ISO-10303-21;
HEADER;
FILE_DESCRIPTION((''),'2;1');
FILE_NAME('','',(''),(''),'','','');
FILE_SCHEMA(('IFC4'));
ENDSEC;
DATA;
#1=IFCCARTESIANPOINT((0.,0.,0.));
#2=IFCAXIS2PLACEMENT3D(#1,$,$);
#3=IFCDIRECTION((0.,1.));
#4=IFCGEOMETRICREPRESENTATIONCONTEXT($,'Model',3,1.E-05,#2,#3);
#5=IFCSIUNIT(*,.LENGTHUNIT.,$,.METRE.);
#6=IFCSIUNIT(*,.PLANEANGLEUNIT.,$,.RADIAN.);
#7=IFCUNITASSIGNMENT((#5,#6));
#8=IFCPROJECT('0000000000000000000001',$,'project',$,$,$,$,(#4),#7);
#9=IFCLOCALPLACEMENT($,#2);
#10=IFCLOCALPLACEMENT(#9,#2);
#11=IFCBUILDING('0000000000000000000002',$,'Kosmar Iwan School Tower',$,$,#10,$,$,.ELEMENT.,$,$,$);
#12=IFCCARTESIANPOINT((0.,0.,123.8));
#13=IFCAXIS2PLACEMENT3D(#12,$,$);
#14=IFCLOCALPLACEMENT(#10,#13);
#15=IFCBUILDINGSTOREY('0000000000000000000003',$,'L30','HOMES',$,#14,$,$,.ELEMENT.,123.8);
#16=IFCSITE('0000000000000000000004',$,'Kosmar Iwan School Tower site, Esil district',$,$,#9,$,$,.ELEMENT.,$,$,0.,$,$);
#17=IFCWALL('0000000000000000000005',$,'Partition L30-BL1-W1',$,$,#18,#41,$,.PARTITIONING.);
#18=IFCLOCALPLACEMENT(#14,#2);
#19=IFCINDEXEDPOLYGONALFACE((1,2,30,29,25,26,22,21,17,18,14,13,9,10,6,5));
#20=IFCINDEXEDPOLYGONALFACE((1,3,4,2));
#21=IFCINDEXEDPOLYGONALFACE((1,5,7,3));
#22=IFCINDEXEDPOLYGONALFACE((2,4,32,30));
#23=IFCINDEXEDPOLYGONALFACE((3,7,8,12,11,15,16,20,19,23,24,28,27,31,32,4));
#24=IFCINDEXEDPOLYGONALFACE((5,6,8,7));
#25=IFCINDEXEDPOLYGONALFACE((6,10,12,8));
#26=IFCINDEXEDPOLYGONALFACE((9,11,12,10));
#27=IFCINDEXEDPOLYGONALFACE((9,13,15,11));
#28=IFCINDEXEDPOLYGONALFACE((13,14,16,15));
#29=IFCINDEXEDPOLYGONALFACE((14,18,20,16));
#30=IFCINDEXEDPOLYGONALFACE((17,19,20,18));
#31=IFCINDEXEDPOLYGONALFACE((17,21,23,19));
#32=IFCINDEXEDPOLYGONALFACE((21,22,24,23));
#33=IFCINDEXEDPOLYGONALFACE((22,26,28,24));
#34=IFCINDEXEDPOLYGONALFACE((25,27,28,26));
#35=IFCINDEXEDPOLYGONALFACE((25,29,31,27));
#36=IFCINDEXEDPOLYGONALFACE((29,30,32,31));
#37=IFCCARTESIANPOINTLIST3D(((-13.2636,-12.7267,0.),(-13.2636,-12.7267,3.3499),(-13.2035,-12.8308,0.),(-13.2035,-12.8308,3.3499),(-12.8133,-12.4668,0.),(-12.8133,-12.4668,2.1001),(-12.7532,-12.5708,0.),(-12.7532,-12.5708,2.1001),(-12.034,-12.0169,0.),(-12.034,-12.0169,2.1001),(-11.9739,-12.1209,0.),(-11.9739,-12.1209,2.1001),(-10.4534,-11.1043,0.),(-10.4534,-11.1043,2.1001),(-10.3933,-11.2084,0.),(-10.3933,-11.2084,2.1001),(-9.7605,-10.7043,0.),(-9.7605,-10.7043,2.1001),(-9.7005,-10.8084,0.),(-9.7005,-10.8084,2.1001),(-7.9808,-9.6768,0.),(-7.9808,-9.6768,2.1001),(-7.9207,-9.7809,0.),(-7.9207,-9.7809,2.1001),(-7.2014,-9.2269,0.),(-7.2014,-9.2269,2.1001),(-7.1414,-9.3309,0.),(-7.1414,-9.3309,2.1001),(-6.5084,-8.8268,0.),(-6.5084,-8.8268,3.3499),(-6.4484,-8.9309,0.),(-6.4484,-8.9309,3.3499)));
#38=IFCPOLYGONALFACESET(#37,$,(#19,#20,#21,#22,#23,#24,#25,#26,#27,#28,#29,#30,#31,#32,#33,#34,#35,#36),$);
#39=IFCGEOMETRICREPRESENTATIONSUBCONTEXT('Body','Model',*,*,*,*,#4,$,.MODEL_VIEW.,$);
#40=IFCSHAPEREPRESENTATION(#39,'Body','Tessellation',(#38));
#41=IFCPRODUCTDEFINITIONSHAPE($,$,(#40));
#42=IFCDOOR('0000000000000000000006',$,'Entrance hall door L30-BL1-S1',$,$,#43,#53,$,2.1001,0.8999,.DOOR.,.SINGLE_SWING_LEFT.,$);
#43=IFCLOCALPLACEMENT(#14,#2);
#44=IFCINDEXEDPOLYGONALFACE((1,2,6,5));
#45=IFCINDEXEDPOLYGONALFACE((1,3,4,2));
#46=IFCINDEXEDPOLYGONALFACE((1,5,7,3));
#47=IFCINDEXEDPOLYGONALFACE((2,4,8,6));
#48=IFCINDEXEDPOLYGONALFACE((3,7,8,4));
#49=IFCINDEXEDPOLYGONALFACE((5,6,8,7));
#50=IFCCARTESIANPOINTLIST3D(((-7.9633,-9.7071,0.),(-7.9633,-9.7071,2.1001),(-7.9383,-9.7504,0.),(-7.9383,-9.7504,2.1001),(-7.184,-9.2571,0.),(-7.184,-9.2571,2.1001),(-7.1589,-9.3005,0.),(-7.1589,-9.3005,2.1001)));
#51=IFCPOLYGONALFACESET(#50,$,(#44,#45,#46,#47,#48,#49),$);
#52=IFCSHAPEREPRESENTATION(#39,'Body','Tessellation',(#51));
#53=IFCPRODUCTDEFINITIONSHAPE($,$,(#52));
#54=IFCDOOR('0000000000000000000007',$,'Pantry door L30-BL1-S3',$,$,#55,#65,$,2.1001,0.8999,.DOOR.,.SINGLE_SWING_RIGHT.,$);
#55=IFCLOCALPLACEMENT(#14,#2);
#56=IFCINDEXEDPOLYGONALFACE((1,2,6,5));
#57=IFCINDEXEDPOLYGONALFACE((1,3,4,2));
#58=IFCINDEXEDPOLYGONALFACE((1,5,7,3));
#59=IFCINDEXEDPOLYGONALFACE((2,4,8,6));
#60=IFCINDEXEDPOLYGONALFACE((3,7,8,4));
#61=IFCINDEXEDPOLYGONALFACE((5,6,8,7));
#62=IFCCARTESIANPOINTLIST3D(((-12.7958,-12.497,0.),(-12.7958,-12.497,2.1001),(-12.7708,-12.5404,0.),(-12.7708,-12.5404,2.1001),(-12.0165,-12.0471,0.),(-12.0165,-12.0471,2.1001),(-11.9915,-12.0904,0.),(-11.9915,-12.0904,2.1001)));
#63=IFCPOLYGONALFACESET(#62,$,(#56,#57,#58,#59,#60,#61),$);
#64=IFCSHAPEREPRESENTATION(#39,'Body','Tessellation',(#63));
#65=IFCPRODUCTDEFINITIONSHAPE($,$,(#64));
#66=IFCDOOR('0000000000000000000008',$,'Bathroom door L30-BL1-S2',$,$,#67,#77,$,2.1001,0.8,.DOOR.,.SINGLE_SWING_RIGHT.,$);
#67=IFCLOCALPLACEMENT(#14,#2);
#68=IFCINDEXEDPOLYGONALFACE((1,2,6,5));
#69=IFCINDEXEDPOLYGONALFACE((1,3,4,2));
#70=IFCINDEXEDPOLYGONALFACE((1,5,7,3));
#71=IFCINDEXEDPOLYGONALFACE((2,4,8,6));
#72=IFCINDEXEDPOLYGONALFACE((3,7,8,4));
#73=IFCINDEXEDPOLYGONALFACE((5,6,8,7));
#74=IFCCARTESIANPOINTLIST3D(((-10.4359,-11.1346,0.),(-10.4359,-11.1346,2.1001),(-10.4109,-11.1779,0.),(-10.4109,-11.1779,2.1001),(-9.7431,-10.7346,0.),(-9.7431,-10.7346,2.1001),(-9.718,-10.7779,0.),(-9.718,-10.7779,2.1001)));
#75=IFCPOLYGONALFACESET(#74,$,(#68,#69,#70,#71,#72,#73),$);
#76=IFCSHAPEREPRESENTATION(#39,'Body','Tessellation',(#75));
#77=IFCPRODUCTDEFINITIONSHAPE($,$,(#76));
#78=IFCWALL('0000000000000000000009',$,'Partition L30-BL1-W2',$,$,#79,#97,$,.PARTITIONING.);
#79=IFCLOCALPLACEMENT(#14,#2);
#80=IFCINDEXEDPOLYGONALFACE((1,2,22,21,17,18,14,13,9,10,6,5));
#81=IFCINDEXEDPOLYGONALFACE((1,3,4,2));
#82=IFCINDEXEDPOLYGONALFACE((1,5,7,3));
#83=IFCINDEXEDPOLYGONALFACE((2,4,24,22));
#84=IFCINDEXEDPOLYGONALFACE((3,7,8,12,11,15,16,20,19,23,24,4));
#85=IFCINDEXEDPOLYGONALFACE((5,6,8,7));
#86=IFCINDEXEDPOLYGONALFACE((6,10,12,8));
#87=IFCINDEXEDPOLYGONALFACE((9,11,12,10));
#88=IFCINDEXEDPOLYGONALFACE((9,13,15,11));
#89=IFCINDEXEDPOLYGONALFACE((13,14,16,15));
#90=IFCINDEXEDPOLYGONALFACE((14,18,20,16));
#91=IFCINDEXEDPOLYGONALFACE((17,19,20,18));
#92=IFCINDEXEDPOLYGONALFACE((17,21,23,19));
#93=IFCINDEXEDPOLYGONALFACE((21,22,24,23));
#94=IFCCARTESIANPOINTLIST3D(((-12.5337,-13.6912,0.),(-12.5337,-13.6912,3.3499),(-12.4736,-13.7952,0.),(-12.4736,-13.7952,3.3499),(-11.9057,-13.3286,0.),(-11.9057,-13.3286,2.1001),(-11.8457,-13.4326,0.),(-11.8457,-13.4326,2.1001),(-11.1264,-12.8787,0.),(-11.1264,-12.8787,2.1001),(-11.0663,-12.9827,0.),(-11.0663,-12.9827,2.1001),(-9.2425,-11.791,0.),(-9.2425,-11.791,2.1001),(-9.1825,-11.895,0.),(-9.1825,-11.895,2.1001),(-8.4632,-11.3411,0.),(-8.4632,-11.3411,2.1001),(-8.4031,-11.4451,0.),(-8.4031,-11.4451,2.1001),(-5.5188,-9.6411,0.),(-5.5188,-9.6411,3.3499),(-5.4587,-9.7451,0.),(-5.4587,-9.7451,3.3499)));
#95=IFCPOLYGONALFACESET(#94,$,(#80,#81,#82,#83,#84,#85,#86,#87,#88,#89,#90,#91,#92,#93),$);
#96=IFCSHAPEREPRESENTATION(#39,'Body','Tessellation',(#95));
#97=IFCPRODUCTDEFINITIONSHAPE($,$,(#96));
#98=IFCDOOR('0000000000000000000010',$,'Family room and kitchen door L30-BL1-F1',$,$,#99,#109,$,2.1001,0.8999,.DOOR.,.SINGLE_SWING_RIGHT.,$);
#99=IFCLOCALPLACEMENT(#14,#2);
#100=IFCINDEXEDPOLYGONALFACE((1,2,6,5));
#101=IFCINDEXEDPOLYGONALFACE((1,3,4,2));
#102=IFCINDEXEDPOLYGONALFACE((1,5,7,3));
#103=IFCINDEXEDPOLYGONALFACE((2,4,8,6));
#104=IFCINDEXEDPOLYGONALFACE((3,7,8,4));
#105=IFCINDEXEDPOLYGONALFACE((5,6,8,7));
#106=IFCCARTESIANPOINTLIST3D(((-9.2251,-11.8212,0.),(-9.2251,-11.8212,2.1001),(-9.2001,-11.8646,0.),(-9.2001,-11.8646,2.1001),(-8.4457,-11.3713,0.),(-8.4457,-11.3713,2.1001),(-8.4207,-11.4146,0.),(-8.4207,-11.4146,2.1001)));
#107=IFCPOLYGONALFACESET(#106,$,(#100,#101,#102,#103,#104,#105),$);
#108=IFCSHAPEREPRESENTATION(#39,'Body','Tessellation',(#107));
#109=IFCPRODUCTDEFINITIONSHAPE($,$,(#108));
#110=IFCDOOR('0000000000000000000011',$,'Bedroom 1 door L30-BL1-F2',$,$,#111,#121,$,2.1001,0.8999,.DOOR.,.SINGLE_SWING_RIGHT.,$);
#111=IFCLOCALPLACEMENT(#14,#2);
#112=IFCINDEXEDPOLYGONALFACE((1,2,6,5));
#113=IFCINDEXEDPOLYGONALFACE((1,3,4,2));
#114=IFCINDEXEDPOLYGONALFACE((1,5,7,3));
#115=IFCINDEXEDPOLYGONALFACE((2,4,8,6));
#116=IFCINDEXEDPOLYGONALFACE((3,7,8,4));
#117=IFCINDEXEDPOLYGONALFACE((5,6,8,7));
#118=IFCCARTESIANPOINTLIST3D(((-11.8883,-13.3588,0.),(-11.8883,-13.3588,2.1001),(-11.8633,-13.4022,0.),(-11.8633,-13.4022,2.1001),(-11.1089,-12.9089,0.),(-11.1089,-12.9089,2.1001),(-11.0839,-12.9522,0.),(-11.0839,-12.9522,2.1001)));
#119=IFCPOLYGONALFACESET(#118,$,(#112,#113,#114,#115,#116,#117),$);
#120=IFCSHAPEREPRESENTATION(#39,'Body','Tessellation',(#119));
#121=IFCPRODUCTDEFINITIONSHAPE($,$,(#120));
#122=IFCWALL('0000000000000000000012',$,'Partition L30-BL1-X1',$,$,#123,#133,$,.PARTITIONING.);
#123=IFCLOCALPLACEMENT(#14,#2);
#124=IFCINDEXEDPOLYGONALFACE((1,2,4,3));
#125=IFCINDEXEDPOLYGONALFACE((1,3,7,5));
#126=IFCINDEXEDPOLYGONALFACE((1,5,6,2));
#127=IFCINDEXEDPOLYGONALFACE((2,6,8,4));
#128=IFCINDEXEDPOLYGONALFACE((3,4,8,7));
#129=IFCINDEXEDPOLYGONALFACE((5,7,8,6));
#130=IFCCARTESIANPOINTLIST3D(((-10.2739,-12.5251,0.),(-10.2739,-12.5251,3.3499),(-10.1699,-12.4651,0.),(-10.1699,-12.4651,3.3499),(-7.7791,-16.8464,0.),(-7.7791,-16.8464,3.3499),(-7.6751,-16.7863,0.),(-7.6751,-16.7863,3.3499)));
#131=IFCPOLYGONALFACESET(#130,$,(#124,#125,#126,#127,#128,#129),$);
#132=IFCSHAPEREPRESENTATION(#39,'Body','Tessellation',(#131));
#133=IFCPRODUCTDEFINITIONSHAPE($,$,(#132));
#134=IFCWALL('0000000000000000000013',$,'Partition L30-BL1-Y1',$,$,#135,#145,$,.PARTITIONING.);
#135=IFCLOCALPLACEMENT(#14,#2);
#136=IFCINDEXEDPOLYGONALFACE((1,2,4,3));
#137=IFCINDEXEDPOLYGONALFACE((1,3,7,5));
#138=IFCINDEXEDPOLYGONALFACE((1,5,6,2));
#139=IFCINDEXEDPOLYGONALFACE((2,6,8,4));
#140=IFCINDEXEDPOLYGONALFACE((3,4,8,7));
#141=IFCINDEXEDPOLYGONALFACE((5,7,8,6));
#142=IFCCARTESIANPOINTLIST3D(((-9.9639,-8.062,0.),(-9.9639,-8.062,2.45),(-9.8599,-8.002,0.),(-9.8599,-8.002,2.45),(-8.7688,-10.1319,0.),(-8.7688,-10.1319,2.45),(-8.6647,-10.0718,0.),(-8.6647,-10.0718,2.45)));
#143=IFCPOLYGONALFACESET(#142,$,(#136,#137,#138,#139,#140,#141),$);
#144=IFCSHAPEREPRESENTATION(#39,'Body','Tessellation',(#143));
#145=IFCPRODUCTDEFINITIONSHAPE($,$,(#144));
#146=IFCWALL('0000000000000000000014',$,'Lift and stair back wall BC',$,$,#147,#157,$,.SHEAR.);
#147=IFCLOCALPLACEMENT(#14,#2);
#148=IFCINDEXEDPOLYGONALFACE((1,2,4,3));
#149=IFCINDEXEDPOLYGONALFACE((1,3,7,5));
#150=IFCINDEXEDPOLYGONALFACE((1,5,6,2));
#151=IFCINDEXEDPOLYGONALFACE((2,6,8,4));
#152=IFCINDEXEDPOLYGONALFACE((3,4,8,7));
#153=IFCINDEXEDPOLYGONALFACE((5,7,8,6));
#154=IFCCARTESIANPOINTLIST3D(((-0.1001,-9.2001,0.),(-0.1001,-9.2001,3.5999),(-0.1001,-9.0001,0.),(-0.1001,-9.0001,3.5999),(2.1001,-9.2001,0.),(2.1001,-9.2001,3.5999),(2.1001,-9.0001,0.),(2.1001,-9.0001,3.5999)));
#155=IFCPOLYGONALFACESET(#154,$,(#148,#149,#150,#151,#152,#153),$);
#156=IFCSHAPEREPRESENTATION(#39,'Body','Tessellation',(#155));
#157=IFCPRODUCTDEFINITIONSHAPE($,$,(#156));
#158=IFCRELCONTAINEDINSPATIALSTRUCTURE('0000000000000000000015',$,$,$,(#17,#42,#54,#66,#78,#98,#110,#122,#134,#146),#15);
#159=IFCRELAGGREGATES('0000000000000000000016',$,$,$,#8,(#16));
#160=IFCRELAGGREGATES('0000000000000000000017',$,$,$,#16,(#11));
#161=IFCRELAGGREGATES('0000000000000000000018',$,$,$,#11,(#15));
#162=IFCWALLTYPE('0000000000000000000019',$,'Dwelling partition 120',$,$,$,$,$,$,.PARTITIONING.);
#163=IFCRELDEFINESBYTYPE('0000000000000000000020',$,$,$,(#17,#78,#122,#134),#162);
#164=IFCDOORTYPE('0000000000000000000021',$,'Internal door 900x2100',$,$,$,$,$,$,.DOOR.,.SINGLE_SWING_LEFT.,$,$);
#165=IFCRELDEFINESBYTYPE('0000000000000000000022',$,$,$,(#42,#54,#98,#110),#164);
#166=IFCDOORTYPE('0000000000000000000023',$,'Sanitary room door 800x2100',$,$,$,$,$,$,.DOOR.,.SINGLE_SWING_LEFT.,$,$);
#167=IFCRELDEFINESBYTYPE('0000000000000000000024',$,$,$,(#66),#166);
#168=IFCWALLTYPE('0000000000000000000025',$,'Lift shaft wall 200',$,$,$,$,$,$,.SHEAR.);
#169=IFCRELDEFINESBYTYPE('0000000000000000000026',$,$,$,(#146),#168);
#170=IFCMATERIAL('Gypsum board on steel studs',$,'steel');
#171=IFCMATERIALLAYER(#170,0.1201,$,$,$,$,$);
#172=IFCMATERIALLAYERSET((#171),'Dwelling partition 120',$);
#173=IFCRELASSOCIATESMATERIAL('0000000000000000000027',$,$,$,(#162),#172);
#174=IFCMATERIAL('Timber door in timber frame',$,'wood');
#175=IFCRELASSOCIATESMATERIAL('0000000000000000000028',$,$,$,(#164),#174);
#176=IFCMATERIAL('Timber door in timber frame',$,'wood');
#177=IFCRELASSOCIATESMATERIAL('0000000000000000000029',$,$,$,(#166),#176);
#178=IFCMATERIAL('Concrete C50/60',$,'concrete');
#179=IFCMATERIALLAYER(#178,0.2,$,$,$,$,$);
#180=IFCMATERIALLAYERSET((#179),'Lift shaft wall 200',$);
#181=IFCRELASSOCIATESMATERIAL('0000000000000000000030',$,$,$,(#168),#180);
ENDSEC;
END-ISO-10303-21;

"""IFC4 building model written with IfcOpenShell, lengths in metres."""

from ifc_helpers import new_model, si_unit, direction, frame, frame_2d, origin, place, context, subcontext, project, spatial, rectangle, extrude, material, layer, layer_set, type_object, element, fill, save


model = new_model("IFC4")

# Units and contexts
model_context = context("Model", 3, precision=1e-05, world=origin(), true_north=direction((0.0, 1.0)))
body_context = subcontext(model_context, "Body", "Model", "MODEL_VIEW")
ifc_project = project(units=[si_unit("LENGTHUNIT", "METRE"), si_unit("PLANEANGLEUNIT", "RADIAN")], contexts=[model_context])

# Site, building, storey
site_placement = place(None, origin())
site = spatial("IfcSite", under=ifc_project, at=site_placement, Name="Kosmar Iwan School Tower site, Esil district", CompositionType="ELEMENT", RefElevation=0.0)
building_placement = place(site_placement, origin())
building = spatial("IfcBuilding", under=site, at=building_placement, Name="Kosmar Iwan School Tower", CompositionType="ELEMENT")
storey_placement = place(building_placement, frame((0.0, 0.0, 123.8)))
storey = spatial("IfcBuildingStorey", under=building, at=storey_placement, Name="L30", Description="HOMES", CompositionType="ELEMENT", Elevation=123.8)

# Walls, openings, doors
ifc_material_1 = material(Name="Gypsum board on steel studs", Category="steel")
ifc_layer_1 = layer(ifc_material_1, 0.1201)
ifc_layer_set_1 = layer_set([ifc_layer_1], Name="Dwelling partition 120")
wall_type_1 = type_object("IfcWallType", Name="Dwelling partition 120", PredefinedType="PARTITIONING", material=ifc_layer_set_1)
wall_1_placement = place(storey_placement, frame((-6.4785, -8.8789, 0.0), z_axis=(0.0, 0.0, 1.0), x_axis=(-0.866035, -0.499983, 0.0)))
wall_1 = element("IfcWall", 1, at=wall_1_placement, inside=storey, type_object=wall_type_1, Name="Partition L30-BL1-W1", PredefinedType="PARTITIONING", context=body_context, shape_type="SweptSolid", body=[
    extrude(rectangle(XDim=7.8, YDim=0.1201, at=frame_2d((3.8999, 0.0))), origin(), (0.0, 0.0, 1.0), 3.3499),
])
opening_1_placement = place(wall_1_placement, frame((0.8, 0.0, 0.0)))
opening_1 = element("IfcOpeningElement", 2, at=opening_1_placement, cuts=wall_1, PredefinedType="OPENING", context=body_context, shape_type="SweptSolid", body=[
    extrude(rectangle(XDim=0.8999, YDim=2.1001, at=frame_2d((0.45, 1.05))), frame((0.0, 0.072, 0.0), z_axis=(0.0, -1.0, 0.0), x_axis=(1.0, 0.0, 0.0)), (0.0, 0.0, 1.0), 0.144),
])
opening_2_placement = place(wall_1_placement, frame((3.7551, 0.0, 0.0)))
opening_2 = element("IfcOpeningElement", 3, at=opening_2_placement, cuts=wall_1, PredefinedType="OPENING", context=body_context, shape_type="SweptSolid", body=[
    extrude(rectangle(XDim=0.8, YDim=2.1001, at=frame_2d((0.3999, 1.05))), frame((0.0, 0.072, 0.0), z_axis=(0.0, -1.0, 0.0), x_axis=(1.0, 0.0, 0.0)), (0.0, 0.0, 1.0), 0.144),
])
opening_3_placement = place(wall_1_placement, frame((6.3801, 0.0, 0.0)))
opening_3 = element("IfcOpeningElement", 4, at=opening_3_placement, cuts=wall_1, PredefinedType="OPENING", context=body_context, shape_type="SweptSolid", body=[
    extrude(rectangle(XDim=0.8999, YDim=2.1001, at=frame_2d((0.45, 1.05))), frame((0.0, 0.072, 0.0), z_axis=(0.0, -1.0, 0.0), x_axis=(1.0, 0.0, 0.0)), (0.0, 0.0, 1.0), 0.144),
])
ifc_material_2 = material(Name="Timber door in timber frame", Category="wood")
door_type_1 = type_object("IfcDoorType", Name="Internal door 900x2100", OperationType="SINGLE_SWING_LEFT", PredefinedType="DOOR", material=ifc_material_2)
door_1_placement = place(opening_1_placement, origin())
door_1 = element("IfcDoor", 5, at=door_1_placement, inside=storey, type_object=door_type_1, Name="Entrance hall door L30-BL1-S1", OperationType="SINGLE_SWING_LEFT", OverallHeight=2.1001, OverallWidth=0.8999, PredefinedType="DOOR", context=body_context, shape_type="SweptSolid", body=[
    extrude(rectangle(XDim=0.8999, YDim=2.1001, at=frame_2d((0.45, 1.05))), frame((0.0, 0.0249, 0.0), z_axis=(0.0, -1.0, 0.0), x_axis=(1.0, 0.0, 0.0)), (0.0, 0.0, 1.0), 0.05),
])
fill(opening_1, door_1)
door_2_placement = place(opening_3_placement, origin())
door_2 = element("IfcDoor", 6, at=door_2_placement, inside=storey, type_object=door_type_1, Name="Pantry door L30-BL1-S3", OperationType="SINGLE_SWING_RIGHT", OverallHeight=2.1001, OverallWidth=0.8999, PredefinedType="DOOR", context=body_context, shape_type="SweptSolid", body=[
    extrude(rectangle(XDim=0.8999, YDim=2.1001, at=frame_2d((0.45, 1.05))), frame((0.0, 0.0249, 0.0), z_axis=(0.0, -1.0, 0.0), x_axis=(1.0, 0.0, 0.0)), (0.0, 0.0, 1.0), 0.05),
])
fill(opening_3, door_2)
ifc_material_3 = material(Name="Timber door in timber frame", Category="wood")
door_type_2 = type_object("IfcDoorType", Name="Sanitary room door 800x2100", OperationType="SINGLE_SWING_LEFT", PredefinedType="DOOR", material=ifc_material_3)
door_3_placement = place(opening_2_placement, origin())
door_3 = element("IfcDoor", 7, at=door_3_placement, inside=storey, type_object=door_type_2, Name="Bathroom door L30-BL1-S2", OperationType="SINGLE_SWING_RIGHT", OverallHeight=2.1001, OverallWidth=0.8, PredefinedType="DOOR", context=body_context, shape_type="SweptSolid", body=[
    extrude(rectangle(XDim=0.8, YDim=2.1001, at=frame_2d((0.3999, 1.05))), frame((0.0, 0.0249, 0.0), z_axis=(0.0, -1.0, 0.0), x_axis=(1.0, 0.0, 0.0)), (0.0, 0.0, 1.0), 0.05),
])
fill(opening_2, door_3)
wall_2_placement = place(storey_placement, frame((-5.4888, -9.6931, 0.0), z_axis=(0.0, 0.0, 1.0), x_axis=(-0.866025, -0.5, 0.0)))
wall_2 = element("IfcWall", 8, at=wall_2_placement, inside=storey, type_object=wall_type_1, Name="Partition L30-BL1-W2", PredefinedType="PARTITIONING", context=body_context, shape_type="SweptSolid", body=[
    extrude(rectangle(XDim=8.1001, YDim=0.1201, at=frame_2d((4.05, 0.0))), origin(), (0.0, 0.0, 1.0), 3.3499),
])
opening_4_placement = place(wall_2_placement, frame((3.3999, 0.0, 0.0)))
opening_4 = element("IfcOpeningElement", 9, at=opening_4_placement, cuts=wall_2, PredefinedType="OPENING", context=body_context, shape_type="SweptSolid", body=[
    extrude(rectangle(XDim=0.8999, YDim=2.1001, at=frame_2d((0.45, 1.05))), frame((0.0, 0.072, 0.0), z_axis=(0.0, -1.0, 0.0), x_axis=(1.0, 0.0, 0.0)), (0.0, 0.0, 1.0), 0.144),
])
opening_5_placement = place(wall_2_placement, frame((6.4751, 0.0, 0.0)))
opening_5 = element("IfcOpeningElement", 10, at=opening_5_placement, cuts=wall_2, PredefinedType="OPENING", context=body_context, shape_type="SweptSolid", body=[
    extrude(rectangle(XDim=0.8999, YDim=2.1001, at=frame_2d((0.45, 1.05))), frame((0.0, 0.072, 0.0), z_axis=(0.0, -1.0, 0.0), x_axis=(1.0, 0.0, 0.0)), (0.0, 0.0, 1.0), 0.144),
])
door_4_placement = place(opening_4_placement, origin())
door_4 = element("IfcDoor", 11, at=door_4_placement, inside=storey, type_object=door_type_1, Name="Family room and kitchen door L30-BL1-F1", OperationType="SINGLE_SWING_RIGHT", OverallHeight=2.1001, OverallWidth=0.8999, PredefinedType="DOOR", context=body_context, shape_type="SweptSolid", body=[
    extrude(rectangle(XDim=0.8999, YDim=2.1001, at=frame_2d((0.45, 1.05))), frame((0.0, 0.0249, 0.0), z_axis=(0.0, -1.0, 0.0), x_axis=(1.0, 0.0, 0.0)), (0.0, 0.0, 1.0), 0.05),
])
fill(opening_4, door_4)
door_5_placement = place(opening_5_placement, origin())
door_5 = element("IfcDoor", 12, at=door_5_placement, inside=storey, type_object=door_type_1, Name="Bedroom 1 door L30-BL1-F2", OperationType="SINGLE_SWING_RIGHT", OverallHeight=2.1001, OverallWidth=0.8999, PredefinedType="DOOR", context=body_context, shape_type="SweptSolid", body=[
    extrude(rectangle(XDim=0.8999, YDim=2.1001, at=frame_2d((0.45, 1.05))), frame((0.0, 0.0249, 0.0), z_axis=(0.0, -1.0, 0.0), x_axis=(1.0, 0.0, 0.0)), (0.0, 0.0, 1.0), 0.05),
])
fill(opening_5, door_5)

# Walls
wall_3_placement = place(storey_placement, frame((-10.2219, -12.4951, 0.0), z_axis=(0.0, 0.0, 1.0), x_axis=(0.499996, -0.866028, 0.0)))
element("IfcWall", 13, at=wall_3_placement, inside=storey, type_object=wall_type_1, Name="Partition L30-BL1-X1", PredefinedType="PARTITIONING", context=body_context, shape_type="SweptSolid", body=[
    extrude(rectangle(XDim=4.9897, YDim=0.1201, at=frame_2d((2.4949, 0.0))), origin(), (0.0, 0.0, 1.0), 3.3499),
])
wall_4_placement = place(storey_placement, frame((-9.9119, -8.032, 0.0), z_axis=(0.0, 0.0, 1.0), x_axis=(0.500017, -0.866015, 0.0)))
element("IfcWall", 14, at=wall_4_placement, inside=storey, type_object=wall_type_1, Name="Partition L30-BL1-Y1", PredefinedType="PARTITIONING", context=body_context, shape_type="SweptSolid", body=[
    extrude(rectangle(XDim=2.3901, YDim=0.1201, at=frame_2d((1.1951, 0.0))), origin(), (0.0, 0.0, 1.0), 2.45),
])
ifc_material_4 = material(Name="Concrete C50/60", Category="concrete")
ifc_layer_2 = layer(ifc_material_4, 0.2)
ifc_layer_set_2 = layer_set([ifc_layer_2], Name="Lift shaft wall 200")
wall_type_2 = type_object("IfcWallType", Name="Lift shaft wall 200", PredefinedType="SHEAR", material=ifc_layer_set_2)
wall_5_placement = place(storey_placement, frame((-0.1001, -9.1001, 0.0), z_axis=(0.0, 0.0, 1.0), x_axis=(1.0, 0.0, 0.0)))
element("IfcWall", 15, at=wall_5_placement, inside=storey, type_object=wall_type_2, Name="Lift and stair back wall BC", PredefinedType="SHEAR", context=body_context, shape_type="SweptSolid", body=[
    extrude(rectangle(XDim=2.2002, YDim=0.2, at=frame_2d((1.1001, 0.0))), origin(), (0.0, 0.0, 1.0), 3.5999),
])

save(model, "model.ifc")
